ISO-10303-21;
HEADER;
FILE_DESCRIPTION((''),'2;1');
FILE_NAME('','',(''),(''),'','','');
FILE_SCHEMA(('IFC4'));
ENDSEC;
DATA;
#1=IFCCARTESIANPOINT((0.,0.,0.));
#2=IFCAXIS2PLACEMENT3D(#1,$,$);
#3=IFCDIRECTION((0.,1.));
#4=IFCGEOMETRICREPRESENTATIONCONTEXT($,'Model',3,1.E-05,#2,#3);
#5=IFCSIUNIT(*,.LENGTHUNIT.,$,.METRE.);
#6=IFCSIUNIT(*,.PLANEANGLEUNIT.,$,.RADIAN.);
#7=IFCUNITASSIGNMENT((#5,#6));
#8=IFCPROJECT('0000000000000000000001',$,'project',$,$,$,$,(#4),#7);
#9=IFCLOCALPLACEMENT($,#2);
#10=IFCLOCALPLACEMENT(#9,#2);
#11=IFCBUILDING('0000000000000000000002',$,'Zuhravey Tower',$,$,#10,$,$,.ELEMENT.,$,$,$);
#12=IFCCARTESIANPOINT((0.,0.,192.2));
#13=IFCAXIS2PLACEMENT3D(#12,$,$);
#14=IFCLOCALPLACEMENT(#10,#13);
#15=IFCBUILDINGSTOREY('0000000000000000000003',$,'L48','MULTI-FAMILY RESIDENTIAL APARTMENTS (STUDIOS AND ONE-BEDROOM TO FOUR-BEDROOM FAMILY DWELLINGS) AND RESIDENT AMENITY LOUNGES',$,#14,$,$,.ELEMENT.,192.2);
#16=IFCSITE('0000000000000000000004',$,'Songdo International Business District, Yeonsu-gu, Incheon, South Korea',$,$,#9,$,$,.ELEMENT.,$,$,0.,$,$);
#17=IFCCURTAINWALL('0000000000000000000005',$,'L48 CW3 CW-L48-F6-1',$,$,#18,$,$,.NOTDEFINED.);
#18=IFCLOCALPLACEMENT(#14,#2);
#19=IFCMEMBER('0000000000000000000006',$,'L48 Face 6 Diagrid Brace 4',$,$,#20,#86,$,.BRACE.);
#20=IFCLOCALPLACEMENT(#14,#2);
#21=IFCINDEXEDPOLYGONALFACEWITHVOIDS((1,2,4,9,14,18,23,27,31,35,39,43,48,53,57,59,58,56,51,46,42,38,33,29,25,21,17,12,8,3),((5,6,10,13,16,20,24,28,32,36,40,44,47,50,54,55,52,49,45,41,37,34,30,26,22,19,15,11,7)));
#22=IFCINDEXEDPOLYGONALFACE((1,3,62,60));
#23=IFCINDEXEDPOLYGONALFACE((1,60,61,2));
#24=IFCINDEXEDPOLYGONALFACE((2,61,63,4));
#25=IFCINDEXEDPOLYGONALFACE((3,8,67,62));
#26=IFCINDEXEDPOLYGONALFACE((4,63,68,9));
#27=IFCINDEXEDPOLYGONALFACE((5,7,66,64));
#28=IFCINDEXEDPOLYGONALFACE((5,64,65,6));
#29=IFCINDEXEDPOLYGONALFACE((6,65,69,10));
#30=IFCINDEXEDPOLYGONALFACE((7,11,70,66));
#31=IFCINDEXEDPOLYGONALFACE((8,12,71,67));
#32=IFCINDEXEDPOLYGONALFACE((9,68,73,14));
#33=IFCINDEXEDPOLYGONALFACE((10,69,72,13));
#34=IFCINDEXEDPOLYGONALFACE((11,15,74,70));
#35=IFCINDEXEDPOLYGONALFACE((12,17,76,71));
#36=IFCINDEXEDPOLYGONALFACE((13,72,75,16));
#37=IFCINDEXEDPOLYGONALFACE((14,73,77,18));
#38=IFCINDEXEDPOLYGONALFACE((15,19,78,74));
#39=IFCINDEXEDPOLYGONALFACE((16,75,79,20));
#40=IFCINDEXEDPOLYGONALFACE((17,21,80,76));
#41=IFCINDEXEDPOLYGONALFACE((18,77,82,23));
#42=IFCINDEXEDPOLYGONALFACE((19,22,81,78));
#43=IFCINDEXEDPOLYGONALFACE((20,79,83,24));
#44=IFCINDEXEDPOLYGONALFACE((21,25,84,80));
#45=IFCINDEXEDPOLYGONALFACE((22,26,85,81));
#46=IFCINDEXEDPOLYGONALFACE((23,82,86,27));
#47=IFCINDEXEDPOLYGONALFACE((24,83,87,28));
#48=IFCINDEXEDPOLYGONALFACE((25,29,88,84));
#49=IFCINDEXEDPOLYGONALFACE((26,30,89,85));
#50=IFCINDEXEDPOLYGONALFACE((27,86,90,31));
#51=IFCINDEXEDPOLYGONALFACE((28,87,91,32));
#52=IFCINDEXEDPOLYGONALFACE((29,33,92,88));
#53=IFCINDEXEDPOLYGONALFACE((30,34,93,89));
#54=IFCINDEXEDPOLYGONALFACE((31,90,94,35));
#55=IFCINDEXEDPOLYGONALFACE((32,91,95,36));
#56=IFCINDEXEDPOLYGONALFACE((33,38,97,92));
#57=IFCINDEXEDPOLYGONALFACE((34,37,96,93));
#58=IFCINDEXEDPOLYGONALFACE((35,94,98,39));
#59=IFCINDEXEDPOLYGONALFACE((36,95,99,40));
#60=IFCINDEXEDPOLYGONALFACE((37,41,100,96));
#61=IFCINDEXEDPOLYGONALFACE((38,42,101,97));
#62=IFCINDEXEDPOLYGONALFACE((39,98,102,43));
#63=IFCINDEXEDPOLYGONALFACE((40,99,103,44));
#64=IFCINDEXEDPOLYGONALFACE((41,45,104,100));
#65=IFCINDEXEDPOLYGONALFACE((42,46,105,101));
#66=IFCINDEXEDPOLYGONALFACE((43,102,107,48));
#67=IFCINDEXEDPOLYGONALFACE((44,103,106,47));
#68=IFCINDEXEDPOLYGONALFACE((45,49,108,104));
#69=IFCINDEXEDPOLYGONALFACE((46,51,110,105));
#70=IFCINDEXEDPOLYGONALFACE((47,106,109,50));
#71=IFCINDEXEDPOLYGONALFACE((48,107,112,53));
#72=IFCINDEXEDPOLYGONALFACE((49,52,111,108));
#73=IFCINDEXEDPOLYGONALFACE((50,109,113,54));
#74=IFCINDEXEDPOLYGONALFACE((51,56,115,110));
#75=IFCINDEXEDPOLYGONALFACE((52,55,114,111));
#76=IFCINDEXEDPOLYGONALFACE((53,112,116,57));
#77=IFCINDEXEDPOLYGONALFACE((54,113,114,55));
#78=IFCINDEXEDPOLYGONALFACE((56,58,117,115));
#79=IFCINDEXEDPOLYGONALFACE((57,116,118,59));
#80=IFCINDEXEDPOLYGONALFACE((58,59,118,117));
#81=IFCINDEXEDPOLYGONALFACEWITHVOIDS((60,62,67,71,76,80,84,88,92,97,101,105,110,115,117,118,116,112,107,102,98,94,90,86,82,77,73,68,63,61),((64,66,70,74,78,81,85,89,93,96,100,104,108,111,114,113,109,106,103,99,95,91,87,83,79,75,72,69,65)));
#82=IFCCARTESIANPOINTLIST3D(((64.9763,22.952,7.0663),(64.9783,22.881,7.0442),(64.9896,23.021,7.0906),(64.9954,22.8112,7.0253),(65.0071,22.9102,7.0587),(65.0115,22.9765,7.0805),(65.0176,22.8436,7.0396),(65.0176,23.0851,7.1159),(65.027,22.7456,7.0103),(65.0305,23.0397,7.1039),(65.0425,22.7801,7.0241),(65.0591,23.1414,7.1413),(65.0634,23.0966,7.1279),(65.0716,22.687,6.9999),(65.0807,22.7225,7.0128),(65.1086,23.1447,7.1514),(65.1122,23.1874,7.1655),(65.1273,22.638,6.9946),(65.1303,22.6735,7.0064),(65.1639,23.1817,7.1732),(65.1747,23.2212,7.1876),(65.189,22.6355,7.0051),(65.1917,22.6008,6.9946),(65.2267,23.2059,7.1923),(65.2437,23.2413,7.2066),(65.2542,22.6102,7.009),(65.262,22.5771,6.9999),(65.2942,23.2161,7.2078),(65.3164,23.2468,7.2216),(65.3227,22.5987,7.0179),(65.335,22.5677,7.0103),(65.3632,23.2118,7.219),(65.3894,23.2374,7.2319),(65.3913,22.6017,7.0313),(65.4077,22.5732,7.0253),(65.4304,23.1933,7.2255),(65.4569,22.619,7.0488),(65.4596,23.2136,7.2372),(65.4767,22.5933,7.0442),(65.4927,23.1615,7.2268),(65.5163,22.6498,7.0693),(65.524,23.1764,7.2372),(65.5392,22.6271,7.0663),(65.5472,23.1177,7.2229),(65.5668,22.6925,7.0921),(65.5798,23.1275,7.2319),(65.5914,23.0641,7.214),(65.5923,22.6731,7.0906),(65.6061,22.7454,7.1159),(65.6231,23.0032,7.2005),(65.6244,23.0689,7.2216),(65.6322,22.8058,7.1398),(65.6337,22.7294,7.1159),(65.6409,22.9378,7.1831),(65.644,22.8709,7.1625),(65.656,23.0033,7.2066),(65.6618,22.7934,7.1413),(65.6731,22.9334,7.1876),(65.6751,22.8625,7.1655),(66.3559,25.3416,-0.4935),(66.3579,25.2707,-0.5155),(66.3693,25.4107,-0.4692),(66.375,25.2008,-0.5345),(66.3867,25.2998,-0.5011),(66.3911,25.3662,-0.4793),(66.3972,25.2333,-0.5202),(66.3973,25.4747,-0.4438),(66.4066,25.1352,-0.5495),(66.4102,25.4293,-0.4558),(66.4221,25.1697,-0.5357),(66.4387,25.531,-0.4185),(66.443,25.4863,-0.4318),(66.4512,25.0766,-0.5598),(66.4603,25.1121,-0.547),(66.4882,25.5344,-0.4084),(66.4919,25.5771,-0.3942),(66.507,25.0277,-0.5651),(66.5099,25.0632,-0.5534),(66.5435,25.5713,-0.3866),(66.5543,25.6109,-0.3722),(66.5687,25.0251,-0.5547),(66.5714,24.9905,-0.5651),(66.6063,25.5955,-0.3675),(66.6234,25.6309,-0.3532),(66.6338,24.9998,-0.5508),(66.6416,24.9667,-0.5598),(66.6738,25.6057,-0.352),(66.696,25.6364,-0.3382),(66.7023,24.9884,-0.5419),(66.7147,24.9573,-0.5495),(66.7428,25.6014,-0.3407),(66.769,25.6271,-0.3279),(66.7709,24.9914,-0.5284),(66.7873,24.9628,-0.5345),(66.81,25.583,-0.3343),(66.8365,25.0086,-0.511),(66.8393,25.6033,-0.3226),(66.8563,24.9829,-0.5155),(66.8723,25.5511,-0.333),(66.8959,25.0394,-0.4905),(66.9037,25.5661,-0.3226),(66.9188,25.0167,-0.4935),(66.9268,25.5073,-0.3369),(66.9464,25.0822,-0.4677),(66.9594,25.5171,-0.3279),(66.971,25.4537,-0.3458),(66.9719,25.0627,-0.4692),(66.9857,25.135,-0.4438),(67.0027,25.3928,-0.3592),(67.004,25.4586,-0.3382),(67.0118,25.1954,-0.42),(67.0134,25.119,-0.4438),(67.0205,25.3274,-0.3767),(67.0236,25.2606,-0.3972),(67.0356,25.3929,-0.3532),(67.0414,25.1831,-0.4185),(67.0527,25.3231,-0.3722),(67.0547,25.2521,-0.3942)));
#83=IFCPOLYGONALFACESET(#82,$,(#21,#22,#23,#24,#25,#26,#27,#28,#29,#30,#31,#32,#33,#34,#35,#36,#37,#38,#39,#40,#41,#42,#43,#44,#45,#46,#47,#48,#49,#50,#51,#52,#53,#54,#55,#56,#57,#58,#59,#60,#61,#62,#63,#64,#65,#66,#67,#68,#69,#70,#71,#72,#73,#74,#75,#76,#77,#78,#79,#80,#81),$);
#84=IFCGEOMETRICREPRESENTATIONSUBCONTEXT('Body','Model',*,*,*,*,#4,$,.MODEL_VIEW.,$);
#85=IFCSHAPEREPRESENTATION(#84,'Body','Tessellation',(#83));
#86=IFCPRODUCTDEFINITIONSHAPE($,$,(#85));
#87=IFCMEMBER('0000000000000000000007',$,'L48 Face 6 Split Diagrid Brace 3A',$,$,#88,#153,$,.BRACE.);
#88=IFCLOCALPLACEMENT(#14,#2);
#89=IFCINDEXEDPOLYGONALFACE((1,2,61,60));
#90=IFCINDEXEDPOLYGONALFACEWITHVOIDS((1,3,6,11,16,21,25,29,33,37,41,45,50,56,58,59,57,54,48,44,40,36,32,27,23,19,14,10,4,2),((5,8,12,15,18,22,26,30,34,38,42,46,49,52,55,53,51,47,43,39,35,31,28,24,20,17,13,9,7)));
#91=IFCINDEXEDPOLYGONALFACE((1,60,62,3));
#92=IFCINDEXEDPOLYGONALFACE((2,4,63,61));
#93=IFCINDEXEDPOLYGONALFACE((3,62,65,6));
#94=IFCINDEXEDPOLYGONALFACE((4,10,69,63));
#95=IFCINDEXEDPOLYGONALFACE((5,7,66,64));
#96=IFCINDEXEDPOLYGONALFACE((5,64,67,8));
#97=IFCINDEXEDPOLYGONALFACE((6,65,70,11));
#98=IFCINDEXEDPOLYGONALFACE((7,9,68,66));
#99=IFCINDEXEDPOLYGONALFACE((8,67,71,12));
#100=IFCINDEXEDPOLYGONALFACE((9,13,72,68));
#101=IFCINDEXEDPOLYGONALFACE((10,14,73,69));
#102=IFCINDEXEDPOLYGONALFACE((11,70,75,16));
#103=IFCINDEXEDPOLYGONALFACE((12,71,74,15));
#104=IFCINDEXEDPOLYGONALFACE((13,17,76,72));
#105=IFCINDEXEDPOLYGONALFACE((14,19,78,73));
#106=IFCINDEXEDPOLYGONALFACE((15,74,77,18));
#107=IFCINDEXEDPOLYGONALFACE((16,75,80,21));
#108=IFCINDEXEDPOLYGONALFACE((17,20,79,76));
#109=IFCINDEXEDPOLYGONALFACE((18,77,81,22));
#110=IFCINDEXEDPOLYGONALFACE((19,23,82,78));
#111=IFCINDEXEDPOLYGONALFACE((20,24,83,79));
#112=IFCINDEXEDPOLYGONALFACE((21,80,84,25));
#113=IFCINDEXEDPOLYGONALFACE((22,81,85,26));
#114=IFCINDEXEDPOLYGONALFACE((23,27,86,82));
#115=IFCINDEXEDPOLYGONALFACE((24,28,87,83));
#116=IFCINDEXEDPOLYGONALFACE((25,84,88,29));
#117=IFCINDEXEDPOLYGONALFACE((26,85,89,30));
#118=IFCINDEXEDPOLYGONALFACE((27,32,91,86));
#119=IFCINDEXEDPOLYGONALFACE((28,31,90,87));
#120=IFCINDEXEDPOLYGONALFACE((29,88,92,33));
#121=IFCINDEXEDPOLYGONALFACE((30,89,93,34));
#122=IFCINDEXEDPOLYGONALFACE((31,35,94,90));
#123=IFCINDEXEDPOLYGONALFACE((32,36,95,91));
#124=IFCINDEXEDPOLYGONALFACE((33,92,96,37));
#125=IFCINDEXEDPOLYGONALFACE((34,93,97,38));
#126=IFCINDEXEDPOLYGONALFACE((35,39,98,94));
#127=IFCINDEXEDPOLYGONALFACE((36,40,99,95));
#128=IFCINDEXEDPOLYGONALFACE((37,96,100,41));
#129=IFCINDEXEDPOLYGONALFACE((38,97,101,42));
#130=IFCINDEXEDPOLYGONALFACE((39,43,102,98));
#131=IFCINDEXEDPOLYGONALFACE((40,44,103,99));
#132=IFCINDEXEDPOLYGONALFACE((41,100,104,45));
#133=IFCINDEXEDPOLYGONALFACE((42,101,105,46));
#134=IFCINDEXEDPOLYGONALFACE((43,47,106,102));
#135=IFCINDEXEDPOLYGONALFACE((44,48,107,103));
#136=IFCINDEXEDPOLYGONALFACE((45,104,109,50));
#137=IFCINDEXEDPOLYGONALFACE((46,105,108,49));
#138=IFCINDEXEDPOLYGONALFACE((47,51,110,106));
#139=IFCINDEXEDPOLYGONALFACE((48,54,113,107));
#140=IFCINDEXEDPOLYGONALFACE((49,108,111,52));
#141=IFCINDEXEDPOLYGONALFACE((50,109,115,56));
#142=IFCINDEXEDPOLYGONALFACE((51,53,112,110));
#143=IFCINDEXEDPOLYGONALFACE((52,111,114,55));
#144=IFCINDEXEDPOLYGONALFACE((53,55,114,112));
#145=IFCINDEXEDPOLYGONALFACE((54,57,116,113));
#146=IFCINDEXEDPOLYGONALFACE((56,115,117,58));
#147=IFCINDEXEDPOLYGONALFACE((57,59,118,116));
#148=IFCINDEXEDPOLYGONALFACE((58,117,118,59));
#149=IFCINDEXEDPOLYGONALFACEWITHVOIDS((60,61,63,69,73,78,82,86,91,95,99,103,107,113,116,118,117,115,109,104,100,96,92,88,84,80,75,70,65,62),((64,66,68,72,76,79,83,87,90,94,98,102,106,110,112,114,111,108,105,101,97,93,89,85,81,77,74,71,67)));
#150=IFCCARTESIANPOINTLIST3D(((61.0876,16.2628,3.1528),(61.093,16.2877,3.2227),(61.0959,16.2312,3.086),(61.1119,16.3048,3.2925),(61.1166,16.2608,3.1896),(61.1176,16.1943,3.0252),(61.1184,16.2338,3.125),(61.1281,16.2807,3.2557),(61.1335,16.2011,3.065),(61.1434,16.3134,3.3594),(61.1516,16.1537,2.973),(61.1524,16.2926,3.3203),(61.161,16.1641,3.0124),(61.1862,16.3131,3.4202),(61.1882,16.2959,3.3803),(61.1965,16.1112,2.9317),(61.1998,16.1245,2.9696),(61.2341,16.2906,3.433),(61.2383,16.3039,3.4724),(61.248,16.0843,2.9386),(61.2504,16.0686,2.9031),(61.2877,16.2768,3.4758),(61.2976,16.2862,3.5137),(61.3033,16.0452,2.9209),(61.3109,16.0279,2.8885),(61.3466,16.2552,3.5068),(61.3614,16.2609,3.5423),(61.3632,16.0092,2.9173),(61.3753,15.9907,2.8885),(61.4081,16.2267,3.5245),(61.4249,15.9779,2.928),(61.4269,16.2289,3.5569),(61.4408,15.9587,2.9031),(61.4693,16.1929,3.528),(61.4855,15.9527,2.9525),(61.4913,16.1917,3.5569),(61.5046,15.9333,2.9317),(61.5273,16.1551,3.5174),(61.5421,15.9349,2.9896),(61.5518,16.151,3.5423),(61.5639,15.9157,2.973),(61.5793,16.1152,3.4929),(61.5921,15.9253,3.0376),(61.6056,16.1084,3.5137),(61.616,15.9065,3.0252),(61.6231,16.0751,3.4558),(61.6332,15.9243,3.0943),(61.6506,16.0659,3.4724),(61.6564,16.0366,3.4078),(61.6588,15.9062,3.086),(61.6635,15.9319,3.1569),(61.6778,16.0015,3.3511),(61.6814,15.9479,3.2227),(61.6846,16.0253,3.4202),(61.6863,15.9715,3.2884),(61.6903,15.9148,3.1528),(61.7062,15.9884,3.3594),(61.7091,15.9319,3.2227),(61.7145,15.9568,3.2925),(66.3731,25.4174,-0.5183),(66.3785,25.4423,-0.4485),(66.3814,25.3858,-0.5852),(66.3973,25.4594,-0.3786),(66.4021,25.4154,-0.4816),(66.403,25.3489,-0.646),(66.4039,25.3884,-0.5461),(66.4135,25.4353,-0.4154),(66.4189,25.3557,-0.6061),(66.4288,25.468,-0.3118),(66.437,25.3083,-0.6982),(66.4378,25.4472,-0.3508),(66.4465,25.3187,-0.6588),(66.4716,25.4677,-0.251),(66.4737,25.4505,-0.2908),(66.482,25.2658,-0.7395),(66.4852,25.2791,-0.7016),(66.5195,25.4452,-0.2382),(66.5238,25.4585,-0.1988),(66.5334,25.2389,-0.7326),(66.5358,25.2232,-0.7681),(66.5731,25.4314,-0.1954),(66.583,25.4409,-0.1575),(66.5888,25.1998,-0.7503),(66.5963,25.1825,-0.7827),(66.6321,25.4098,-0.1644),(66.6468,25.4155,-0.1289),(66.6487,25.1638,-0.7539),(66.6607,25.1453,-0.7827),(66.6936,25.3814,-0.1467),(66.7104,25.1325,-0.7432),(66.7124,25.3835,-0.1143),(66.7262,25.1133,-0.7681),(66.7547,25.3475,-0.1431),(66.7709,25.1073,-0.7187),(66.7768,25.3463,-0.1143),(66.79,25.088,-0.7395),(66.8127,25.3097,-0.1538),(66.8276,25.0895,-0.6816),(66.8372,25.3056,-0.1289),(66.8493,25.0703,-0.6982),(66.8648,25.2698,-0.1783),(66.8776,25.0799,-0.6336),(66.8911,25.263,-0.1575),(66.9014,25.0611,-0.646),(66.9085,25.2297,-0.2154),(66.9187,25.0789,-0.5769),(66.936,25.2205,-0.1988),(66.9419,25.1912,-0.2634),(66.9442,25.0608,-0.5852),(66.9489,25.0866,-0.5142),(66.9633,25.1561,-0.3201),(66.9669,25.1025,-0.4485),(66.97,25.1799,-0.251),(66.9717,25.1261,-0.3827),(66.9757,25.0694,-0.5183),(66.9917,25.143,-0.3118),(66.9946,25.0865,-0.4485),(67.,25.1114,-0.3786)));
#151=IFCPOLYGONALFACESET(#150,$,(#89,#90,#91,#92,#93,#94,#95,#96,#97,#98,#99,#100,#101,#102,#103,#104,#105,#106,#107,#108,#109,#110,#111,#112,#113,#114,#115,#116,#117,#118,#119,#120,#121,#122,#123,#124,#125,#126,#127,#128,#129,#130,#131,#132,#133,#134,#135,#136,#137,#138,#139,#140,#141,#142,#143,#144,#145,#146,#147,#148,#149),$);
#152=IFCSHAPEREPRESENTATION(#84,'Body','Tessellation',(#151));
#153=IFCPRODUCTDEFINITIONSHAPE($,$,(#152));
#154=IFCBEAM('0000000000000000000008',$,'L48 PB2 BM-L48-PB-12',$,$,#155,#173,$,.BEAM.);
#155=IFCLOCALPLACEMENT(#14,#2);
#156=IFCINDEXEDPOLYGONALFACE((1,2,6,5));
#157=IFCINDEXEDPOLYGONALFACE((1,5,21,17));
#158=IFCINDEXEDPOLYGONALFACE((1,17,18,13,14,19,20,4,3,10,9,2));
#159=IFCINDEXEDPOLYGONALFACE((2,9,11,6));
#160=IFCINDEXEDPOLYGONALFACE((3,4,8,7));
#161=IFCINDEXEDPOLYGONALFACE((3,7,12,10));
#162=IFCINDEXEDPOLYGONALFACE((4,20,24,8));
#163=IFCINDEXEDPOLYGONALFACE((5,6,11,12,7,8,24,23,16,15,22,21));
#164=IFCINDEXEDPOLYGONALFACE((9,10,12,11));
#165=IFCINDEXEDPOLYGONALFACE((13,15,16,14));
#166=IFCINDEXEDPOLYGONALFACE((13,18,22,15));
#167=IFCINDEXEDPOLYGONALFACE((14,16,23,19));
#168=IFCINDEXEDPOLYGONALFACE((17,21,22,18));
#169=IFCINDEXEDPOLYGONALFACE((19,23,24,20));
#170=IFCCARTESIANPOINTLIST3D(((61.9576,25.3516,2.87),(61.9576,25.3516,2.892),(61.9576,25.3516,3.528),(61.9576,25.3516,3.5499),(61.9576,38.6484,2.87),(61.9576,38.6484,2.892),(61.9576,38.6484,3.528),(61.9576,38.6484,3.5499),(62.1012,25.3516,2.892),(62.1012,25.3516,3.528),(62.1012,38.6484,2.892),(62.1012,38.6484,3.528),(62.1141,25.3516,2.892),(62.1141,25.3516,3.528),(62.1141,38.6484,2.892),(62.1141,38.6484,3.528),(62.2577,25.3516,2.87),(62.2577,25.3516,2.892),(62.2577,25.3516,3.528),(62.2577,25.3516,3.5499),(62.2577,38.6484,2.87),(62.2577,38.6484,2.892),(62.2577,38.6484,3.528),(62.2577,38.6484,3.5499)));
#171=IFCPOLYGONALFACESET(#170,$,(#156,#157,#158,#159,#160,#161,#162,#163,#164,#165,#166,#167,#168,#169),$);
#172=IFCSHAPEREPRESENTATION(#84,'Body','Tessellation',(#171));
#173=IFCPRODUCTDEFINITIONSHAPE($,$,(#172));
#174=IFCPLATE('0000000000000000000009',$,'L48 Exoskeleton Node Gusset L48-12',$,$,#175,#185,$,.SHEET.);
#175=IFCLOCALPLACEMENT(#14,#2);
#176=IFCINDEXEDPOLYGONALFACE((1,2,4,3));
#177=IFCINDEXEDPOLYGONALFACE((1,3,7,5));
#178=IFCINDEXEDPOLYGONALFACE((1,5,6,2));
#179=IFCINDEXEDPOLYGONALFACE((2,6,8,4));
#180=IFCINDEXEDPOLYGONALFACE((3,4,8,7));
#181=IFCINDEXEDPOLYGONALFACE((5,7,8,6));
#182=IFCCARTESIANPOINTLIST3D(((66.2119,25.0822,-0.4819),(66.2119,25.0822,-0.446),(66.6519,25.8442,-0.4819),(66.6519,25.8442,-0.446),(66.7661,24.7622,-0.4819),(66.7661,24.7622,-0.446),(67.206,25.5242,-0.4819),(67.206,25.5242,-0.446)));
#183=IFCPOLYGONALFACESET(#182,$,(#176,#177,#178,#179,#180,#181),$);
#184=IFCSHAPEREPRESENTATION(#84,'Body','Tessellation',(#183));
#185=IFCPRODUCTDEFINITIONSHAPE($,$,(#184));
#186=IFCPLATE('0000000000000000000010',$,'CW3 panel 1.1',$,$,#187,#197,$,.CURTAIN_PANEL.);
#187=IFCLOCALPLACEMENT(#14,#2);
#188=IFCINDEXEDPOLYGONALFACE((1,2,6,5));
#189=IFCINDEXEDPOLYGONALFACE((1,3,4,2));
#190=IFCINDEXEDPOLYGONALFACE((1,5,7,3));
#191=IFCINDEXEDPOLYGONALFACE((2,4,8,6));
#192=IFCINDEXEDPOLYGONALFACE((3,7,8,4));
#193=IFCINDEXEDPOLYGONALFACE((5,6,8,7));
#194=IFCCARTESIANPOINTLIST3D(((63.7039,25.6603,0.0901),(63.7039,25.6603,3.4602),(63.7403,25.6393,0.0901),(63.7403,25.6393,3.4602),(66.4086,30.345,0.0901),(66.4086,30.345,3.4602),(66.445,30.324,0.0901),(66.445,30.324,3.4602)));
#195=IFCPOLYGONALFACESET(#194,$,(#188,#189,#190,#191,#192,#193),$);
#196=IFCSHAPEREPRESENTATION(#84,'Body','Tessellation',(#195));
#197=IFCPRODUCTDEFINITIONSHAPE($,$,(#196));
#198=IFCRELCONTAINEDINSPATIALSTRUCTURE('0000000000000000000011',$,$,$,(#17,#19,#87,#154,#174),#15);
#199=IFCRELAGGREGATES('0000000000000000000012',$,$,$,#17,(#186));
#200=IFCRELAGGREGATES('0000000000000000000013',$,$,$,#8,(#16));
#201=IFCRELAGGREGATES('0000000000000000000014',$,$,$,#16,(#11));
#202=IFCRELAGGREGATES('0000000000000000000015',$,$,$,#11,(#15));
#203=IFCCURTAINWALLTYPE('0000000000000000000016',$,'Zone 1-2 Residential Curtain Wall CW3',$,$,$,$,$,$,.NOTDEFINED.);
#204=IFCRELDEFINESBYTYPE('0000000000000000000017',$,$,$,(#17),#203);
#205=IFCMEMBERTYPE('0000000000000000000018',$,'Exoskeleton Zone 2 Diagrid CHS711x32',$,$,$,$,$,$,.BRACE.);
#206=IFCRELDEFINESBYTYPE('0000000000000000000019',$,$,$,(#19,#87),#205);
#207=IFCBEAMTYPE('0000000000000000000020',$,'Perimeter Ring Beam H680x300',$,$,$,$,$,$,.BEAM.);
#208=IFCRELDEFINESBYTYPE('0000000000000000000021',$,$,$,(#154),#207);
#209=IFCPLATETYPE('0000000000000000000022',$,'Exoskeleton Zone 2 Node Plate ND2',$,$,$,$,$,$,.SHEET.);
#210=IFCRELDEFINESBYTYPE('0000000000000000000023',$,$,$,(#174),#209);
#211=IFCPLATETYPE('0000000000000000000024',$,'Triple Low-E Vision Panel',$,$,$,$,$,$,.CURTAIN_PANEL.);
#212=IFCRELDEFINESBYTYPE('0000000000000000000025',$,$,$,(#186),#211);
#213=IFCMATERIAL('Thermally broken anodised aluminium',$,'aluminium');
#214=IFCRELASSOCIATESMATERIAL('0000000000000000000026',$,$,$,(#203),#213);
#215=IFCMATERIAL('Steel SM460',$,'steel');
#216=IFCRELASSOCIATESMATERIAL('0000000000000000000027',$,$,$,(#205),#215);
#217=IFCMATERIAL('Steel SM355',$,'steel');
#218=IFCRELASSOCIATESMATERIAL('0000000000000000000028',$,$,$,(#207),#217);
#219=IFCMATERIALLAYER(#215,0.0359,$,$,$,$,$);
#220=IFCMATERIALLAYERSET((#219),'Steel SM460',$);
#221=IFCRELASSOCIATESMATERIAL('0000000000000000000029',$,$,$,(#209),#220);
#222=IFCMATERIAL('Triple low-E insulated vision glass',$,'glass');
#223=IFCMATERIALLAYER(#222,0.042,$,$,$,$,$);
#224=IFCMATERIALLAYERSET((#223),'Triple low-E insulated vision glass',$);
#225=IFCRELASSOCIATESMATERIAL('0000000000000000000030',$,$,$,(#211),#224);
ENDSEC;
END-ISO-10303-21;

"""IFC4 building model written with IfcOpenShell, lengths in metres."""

from ifc_helpers import new_model, si_unit, direction, frame, origin, origin_2d, place, context, subcontext, project, spatial, rectangle, hollow_circle, i_section, extrude, material, layer, layer_set, material_profile, profile_set, type_object, element, aggregate, save


model = new_model("IFC4")

# Units and contexts
model_context = context("Model", 3, precision=1e-05, world=origin(), true_north=direction((0.0, 1.0)))
body_context = subcontext(model_context, "Body", "Model", "MODEL_VIEW")
ifc_project = project(units=[si_unit("LENGTHUNIT", "METRE"), si_unit("PLANEANGLEUNIT", "RADIAN")], contexts=[model_context])

# Site, building, storey
site_placement = place(None, origin())
site = spatial("IfcSite", under=ifc_project, at=site_placement, Name="Songdo International Business District, Yeonsu-gu, Incheon, South Korea", CompositionType="ELEMENT", RefElevation=0.0)
building_placement = place(site_placement, origin())
building = spatial("IfcBuilding", under=site, at=building_placement, Name="Zuhravey Tower", CompositionType="ELEMENT")
storey_placement = place(building_placement, frame((0.0, 0.0, 192.2)))
storey = spatial("IfcBuildingStorey", under=building, at=storey_placement, Name="L48", Description="MULTI-FAMILY RESIDENTIAL APARTMENTS (STUDIOS AND ONE-BEDROOM TO FOUR-BEDROOM FAMILY DWELLINGS) AND RESIDENT AMENITY LOUNGES", CompositionType="ELEMENT", Elevation=192.2)

# Curtain wall
ifc_material_1 = material(Name="Thermally broken anodised aluminium", Category="aluminium")
curtain_wall_type = type_object("IfcCurtainWallType", Name="Zone 1-2 Residential Curtain Wall CW3", PredefinedType="NOTDEFINED", material=ifc_material_1)
curtain_wall_placement = place(storey_placement, origin())
curtain_wall = element("IfcCurtainWall", 1, at=curtain_wall_placement, inside=storey, type_object=curtain_wall_type, Name="L48 CW3 CW-L48-F6-1", PredefinedType="NOTDEFINED")

# Members
ifc_material_2 = material(Name="Steel SM460", Category="steel")
ifc_material_profile_1 = material_profile(ifc_material_2, hollow_circle(Radius=0.3557, WallThickness=0.032, at=origin_2d()), Name="CHS-711.2x32")
ifc_profile_set_1 = profile_set([ifc_material_profile_1], Name="Steel SM460")
member_type_1 = type_object("IfcMemberType", Name="Exoskeleton Zone 2 Diagrid CHS711x32", PredefinedType="BRACE", material=ifc_profile_set_1)
member_1_placement = place(storey_placement, frame((66.7053, 25.2969, -0.4438), z_axis=(-0.171434, -0.296938, 0.939382), x_axis=(0.866029, -0.499993, 0.0)))
element("IfcMember", 2, at=member_1_placement, inside=storey, type_object=member_type_1, Name="L48 Face 6 Diagrid Brace 4", PredefinedType="BRACE", context=body_context, shape_type="SweptSolid", body=[
    extrude(hollow_circle(Radius=0.3557, WallThickness=0.032, at=origin_2d()), origin(), (0.0, 0.0, 1.0), 8.0476),
])
member_2_placement = place(storey_placement, frame((66.6865, 25.2644, -0.4485), z_axis=(-0.472328, -0.818093, 0.328071), x_axis=(0.866024, -0.500002, 0.0)))
element("IfcMember", 3, at=member_2_placement, inside=storey, type_object=member_type_1, Name="L48 Face 6 Split Diagrid Brace 3A", PredefinedType="BRACE", context=body_context, shape_type="SweptSolid", body=[
    extrude(hollow_circle(Radius=0.3557, WallThickness=0.032, at=origin_2d()), origin(), (0.0, 0.0, 1.0), 11.1902),
])

# Beam
ifc_material_3 = material(Name="Steel SM355", Category="steel")
ifc_material_profile_2 = material_profile(ifc_material_3, i_section(OverallWidth=0.3, OverallDepth=0.6799, WebThickness=0.0129, FlangeThickness=0.022, at=origin_2d()), Name="H-680x300x13x22")
ifc_profile_set_2 = profile_set([ifc_material_profile_2], Name="Steel SM355")
beam_type = type_object("IfcBeamType", Name="Perimeter Ring Beam H680x300", PredefinedType="BEAM", material=ifc_profile_set_2)
beam_placement = place(storey_placement, frame((62.1077, 25.3516, 3.21), z_axis=(0.0, 1.0, 0.0), x_axis=(-1.0, 0.0, 0.0)))
element("IfcBeam", 4, at=beam_placement, inside=storey, type_object=beam_type, Name="L48 PB2 BM-L48-PB-12", PredefinedType="BEAM", context=body_context, shape_type="SweptSolid", body=[
    extrude(i_section(OverallWidth=0.3, OverallDepth=0.6799, WebThickness=0.0129, FlangeThickness=0.022, at=origin_2d()), origin(), (0.0, 0.0, 1.0), 13.2969),
])

# Plates
ifc_layer_1 = layer(ifc_material_2, 0.0359)
ifc_layer_set_1 = layer_set([ifc_layer_1], Name="Steel SM460")
plate_type_1 = type_object("IfcPlateType", Name="Exoskeleton Zone 2 Node Plate ND2", PredefinedType="SHEET", material=ifc_layer_set_1)
plate_1_placement = place(storey_placement, frame((66.709, 25.3032, -0.4819), z_axis=(0.0, 0.0, 1.0), x_axis=(0.5, 0.866025, 0.0)))
element("IfcPlate", 5, at=plate_1_placement, inside=storey, type_object=plate_type_1, Name="L48 Exoskeleton Node Gusset L48-12", PredefinedType="SHEET", context=body_context, shape_type="SweptSolid", body=[
    extrude(rectangle(XDim=0.8799, YDim=0.6399, at=origin_2d()), origin(), (0.0, 0.0, 1.0), 0.0359),
])
ifc_material_4 = material(Name="Triple low-E insulated vision glass", Category="glass")
ifc_layer_2 = layer(ifc_material_4, 0.042)
ifc_layer_set_2 = layer_set([ifc_layer_2], Name="Triple low-E insulated vision glass")
plate_type_2 = type_object("IfcPlateType", Name="Triple Low-E Vision Panel", PredefinedType="CURTAIN_PANEL", material=ifc_layer_set_2)
plate_2_placement = place(storey_placement, frame((65.0745, 27.9922, 0.0901), z_axis=(0.0, 0.0, 1.0), x_axis=(-0.5, -0.866025, 0.0)))
plate_2 = element("IfcPlate", 6, at=plate_2_placement, type_object=plate_type_2, Name="CW3 panel 1.1", PredefinedType="CURTAIN_PANEL", context=body_context, shape_type="SweptSolid", body=[
    extrude(rectangle(XDim=5.4094, YDim=0.042, at=origin_2d()), origin(), (0.0, 0.0, 1.0), 3.3701),
])
aggregate(curtain_wall, [plate_2])

save(model, "model.ifc")
